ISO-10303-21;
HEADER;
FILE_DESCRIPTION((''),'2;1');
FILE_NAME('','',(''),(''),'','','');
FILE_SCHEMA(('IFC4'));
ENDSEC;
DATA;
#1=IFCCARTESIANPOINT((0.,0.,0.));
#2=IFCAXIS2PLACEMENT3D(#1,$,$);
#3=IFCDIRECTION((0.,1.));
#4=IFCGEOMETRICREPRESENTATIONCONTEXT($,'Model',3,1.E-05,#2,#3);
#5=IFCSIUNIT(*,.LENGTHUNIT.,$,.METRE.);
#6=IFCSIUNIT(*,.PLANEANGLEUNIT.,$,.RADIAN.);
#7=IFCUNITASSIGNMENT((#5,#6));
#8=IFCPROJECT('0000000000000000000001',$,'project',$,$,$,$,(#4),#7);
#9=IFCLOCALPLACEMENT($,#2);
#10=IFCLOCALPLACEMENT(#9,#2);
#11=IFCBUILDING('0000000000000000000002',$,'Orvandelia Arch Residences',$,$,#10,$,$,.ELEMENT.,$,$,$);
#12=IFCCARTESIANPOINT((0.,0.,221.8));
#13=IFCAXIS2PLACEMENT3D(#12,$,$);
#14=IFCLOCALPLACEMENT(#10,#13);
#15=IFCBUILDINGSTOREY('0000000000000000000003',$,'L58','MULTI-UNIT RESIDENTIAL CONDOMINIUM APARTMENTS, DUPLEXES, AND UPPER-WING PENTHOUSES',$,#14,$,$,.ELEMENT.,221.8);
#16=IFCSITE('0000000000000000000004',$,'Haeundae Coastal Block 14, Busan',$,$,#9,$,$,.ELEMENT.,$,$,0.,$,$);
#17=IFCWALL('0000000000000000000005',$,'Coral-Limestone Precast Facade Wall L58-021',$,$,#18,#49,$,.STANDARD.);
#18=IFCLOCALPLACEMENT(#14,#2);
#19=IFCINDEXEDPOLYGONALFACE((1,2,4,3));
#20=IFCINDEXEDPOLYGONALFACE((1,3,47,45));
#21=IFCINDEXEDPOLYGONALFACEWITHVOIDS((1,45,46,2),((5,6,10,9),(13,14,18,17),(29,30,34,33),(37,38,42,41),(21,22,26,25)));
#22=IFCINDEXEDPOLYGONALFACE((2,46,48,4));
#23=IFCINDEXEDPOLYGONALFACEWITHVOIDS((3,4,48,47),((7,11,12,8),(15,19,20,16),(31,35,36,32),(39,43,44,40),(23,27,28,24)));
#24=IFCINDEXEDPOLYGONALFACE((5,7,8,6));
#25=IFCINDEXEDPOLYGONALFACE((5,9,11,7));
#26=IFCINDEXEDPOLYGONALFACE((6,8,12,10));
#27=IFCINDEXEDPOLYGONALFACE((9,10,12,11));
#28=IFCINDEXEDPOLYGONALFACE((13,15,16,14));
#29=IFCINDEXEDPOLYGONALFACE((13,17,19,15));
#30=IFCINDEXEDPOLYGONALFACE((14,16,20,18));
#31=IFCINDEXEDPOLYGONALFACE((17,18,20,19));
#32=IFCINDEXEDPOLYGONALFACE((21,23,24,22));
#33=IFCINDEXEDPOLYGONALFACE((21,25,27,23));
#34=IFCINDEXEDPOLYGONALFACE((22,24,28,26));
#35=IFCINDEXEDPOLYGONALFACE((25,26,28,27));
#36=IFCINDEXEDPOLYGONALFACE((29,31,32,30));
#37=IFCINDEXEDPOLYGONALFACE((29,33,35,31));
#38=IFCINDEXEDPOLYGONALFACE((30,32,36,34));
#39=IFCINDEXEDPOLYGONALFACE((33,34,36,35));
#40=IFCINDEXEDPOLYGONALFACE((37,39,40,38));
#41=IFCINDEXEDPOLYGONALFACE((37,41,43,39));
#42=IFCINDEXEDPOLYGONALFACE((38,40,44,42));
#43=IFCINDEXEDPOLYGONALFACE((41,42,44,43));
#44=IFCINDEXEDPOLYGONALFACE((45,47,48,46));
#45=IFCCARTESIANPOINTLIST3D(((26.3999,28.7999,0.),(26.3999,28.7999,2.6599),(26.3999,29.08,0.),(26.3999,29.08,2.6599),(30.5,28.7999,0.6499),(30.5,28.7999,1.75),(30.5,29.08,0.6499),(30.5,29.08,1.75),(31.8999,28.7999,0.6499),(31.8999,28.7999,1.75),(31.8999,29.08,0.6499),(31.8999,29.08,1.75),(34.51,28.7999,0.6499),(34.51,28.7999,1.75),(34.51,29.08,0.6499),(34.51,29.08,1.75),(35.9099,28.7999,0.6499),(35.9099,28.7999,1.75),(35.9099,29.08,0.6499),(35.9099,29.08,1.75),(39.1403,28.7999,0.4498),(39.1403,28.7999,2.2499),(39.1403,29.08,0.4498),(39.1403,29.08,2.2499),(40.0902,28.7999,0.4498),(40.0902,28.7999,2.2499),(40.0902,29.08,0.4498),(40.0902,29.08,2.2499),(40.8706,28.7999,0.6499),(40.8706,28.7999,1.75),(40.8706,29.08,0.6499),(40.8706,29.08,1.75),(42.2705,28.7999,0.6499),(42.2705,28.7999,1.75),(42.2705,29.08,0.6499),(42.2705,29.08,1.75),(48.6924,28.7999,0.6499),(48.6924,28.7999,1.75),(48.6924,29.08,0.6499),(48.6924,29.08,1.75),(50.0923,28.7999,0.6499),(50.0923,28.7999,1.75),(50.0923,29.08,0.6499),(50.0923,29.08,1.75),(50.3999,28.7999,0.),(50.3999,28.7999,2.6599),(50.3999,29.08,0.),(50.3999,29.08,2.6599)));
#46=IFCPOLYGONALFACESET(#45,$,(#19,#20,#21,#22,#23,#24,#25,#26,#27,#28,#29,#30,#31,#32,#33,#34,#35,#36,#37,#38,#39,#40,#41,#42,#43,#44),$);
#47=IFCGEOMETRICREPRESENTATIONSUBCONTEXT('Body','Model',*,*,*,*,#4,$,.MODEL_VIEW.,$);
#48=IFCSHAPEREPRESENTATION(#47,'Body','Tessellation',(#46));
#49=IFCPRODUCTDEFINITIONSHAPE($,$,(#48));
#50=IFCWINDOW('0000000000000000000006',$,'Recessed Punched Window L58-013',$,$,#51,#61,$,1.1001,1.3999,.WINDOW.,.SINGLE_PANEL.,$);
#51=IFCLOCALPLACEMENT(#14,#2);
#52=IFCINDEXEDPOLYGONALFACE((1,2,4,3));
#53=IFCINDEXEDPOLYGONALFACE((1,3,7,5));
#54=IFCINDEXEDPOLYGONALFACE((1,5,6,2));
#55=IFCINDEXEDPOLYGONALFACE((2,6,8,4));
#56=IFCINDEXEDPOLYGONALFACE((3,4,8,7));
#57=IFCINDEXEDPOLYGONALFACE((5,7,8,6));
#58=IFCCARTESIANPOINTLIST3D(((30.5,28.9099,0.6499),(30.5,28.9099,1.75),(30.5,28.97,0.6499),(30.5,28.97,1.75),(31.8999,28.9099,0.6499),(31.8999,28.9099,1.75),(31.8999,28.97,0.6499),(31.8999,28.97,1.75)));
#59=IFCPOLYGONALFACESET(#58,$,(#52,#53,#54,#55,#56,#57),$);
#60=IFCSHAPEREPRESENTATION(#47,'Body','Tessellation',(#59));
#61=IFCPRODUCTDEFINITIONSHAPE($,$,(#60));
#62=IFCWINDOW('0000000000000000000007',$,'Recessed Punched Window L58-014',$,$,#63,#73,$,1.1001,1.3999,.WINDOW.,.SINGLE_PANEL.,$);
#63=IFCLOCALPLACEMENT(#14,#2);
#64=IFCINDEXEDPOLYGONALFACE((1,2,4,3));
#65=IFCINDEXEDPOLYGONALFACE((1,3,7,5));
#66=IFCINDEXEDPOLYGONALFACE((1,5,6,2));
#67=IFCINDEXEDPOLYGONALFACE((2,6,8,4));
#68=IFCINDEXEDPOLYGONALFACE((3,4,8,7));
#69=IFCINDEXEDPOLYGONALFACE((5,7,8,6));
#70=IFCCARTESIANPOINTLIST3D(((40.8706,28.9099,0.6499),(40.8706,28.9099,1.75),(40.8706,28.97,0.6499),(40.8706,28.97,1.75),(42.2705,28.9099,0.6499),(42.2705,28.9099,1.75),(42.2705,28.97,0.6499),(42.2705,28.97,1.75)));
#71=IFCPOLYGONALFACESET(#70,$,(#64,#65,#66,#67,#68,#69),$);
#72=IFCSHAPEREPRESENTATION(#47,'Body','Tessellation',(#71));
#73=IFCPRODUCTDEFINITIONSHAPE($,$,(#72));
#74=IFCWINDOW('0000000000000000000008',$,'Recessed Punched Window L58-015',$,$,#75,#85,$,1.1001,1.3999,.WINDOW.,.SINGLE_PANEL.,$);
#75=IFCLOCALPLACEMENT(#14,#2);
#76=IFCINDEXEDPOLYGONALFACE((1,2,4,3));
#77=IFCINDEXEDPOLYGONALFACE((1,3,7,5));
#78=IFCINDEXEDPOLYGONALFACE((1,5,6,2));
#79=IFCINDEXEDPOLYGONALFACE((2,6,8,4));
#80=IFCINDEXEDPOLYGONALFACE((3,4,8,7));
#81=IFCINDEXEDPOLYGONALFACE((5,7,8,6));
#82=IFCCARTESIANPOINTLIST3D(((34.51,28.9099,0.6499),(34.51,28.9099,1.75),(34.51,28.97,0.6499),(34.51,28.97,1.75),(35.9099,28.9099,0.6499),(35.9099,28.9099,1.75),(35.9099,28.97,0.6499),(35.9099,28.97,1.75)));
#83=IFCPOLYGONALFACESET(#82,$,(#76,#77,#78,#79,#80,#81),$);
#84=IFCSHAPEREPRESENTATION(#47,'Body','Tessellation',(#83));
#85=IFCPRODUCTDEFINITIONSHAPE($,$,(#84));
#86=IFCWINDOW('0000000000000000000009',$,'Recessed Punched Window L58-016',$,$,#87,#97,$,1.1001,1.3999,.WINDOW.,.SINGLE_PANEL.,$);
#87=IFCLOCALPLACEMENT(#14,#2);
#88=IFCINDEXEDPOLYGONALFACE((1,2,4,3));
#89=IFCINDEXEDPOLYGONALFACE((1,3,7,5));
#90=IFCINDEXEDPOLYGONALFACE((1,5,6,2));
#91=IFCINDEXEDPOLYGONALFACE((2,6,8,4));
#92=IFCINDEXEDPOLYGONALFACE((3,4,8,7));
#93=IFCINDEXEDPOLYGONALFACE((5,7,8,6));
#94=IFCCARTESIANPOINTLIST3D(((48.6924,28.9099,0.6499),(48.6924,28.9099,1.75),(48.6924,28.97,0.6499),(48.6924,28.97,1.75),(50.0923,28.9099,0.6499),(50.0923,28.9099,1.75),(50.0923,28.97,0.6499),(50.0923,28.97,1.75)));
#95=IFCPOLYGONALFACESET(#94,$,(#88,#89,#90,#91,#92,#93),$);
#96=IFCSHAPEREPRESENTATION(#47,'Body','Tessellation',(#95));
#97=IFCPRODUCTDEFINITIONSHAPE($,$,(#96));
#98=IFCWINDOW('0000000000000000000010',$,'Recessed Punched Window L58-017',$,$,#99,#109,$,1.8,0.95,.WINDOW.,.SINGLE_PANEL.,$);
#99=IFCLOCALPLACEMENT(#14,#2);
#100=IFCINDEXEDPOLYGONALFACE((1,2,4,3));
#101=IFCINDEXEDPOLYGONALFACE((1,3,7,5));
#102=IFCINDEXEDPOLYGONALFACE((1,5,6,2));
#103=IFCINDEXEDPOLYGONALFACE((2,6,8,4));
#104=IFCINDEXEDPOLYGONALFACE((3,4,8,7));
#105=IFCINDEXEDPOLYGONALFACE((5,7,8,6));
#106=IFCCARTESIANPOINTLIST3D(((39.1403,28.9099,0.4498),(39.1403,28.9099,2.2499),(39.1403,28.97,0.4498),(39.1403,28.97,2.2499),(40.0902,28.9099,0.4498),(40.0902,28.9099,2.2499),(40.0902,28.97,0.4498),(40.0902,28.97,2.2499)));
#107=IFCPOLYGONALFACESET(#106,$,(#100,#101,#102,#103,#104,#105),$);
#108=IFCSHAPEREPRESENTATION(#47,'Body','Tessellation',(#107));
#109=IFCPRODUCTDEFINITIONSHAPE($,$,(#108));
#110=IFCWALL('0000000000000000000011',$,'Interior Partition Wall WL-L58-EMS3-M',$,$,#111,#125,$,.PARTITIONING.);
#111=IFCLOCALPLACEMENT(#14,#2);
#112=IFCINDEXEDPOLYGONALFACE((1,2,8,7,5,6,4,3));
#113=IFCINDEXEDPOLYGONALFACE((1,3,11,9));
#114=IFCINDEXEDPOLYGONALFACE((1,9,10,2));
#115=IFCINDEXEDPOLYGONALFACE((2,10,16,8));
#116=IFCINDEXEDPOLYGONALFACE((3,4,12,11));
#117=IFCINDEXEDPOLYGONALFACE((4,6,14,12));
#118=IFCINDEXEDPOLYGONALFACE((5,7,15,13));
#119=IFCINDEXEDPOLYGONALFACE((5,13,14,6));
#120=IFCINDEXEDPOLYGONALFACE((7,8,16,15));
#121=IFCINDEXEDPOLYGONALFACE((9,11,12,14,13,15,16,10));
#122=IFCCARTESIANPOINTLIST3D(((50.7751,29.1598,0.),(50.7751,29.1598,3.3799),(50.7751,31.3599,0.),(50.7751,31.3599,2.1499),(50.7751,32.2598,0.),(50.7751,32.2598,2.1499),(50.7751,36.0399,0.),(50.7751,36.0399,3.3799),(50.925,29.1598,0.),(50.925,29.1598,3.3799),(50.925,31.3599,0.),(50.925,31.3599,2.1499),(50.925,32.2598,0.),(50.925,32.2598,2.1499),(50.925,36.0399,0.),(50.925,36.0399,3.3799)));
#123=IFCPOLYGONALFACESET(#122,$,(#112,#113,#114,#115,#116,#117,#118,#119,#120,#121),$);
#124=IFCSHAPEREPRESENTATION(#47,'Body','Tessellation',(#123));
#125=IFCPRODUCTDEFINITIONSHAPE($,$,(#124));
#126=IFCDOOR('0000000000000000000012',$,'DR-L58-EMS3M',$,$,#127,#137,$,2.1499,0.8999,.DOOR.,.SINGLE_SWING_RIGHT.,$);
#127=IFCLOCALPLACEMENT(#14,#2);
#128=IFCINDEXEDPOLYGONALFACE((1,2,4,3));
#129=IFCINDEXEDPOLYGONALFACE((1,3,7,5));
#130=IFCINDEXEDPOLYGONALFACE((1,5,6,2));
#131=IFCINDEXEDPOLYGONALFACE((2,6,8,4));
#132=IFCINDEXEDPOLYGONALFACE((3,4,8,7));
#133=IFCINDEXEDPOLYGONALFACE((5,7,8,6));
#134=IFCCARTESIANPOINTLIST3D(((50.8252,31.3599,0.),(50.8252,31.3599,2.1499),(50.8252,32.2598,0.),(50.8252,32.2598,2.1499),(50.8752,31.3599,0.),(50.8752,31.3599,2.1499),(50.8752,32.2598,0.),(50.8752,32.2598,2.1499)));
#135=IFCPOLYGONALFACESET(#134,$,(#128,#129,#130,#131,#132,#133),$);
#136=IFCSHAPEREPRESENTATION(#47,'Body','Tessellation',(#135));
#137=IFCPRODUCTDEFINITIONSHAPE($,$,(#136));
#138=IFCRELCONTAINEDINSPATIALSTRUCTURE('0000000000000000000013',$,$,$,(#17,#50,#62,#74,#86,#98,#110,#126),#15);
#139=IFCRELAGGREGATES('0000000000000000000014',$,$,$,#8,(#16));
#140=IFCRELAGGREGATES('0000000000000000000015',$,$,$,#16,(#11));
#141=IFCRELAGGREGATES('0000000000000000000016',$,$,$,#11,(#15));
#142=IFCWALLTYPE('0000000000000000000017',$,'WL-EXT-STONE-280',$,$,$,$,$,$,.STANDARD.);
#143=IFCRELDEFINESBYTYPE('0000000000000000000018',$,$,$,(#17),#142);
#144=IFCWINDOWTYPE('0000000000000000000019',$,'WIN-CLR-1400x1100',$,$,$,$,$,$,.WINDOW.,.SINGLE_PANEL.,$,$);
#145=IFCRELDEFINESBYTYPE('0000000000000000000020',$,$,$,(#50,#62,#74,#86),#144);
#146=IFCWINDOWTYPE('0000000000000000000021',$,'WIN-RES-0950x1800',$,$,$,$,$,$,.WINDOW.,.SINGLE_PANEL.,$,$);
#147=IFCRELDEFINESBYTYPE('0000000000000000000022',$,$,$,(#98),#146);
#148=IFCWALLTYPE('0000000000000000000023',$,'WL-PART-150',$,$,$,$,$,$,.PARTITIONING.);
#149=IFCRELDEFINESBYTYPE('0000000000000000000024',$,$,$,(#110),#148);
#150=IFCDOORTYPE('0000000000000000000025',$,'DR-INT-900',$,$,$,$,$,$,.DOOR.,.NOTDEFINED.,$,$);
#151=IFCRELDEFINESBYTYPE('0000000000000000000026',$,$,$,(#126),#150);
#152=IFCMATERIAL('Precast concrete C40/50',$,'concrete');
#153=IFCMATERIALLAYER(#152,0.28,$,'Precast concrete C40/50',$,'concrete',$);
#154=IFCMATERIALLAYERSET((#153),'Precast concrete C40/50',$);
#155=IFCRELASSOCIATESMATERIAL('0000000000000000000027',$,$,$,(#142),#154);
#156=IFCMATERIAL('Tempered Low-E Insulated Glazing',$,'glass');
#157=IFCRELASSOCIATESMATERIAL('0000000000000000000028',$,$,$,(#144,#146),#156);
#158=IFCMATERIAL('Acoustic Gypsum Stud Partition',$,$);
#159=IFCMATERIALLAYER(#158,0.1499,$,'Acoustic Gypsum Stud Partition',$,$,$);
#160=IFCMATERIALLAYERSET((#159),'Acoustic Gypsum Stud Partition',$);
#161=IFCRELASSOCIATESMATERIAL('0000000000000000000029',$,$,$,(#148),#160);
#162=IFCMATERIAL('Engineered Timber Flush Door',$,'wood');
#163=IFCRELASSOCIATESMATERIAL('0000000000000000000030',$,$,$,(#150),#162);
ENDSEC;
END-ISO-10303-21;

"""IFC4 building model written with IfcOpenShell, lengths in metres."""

from ifc_helpers import new_model, si_unit, direction, frame, frame_2d, origin, place, context, subcontext, project, spatial, rectangle, extrude, material, layer, layer_set, type_object, element, fill, save


model = new_model("IFC4")

# Units and contexts
model_context = context("Model", 3, precision=1e-05, world=origin(), true_north=direction((0.0, 1.0)))
body_context = subcontext(model_context, "Body", "Model", "MODEL_VIEW")
ifc_project = project(units=[si_unit("LENGTHUNIT", "METRE"), si_unit("PLANEANGLEUNIT", "RADIAN")], contexts=[model_context])

# Site, building, storey
site_placement = place(None, origin())
site = spatial("IfcSite", under=ifc_project, at=site_placement, Name="Haeundae Coastal Block 14, Busan", CompositionType="ELEMENT", RefElevation=0.0)
building_placement = place(site_placement, origin())
building = spatial("IfcBuilding", under=site, at=building_placement, Name="Orvandelia Arch Residences", CompositionType="ELEMENT")
storey_placement = place(building_placement, frame((0.0, 0.0, 221.8)))
storey = spatial("IfcBuildingStorey", under=building, at=storey_placement, Name="L58", Description="MULTI-UNIT RESIDENTIAL CONDOMINIUM APARTMENTS, DUPLEXES, AND UPPER-WING PENTHOUSES", CompositionType="ELEMENT", Elevation=221.8)

# Shared definitions
ifc_material_1 = material(Name="Precast concrete C40/50", Category="concrete")
ifc_layer_1 = layer(ifc_material_1, 0.28, Name="Precast concrete C40/50", Category="concrete")
ifc_layer_set_1 = layer_set([ifc_layer_1], Name="Precast concrete C40/50")
wall_type_1 = type_object("IfcWallType", Name="WL-EXT-STONE-280", PredefinedType="STANDARD", material=ifc_layer_set_1)

# Wall, openings, windows
wall_1_placement = place(storey_placement, frame((50.3999, 28.9399, 0.0), z_axis=(0.0, 0.0, 1.0), x_axis=(-1.0, 0.0, 0.0)))
wall_1 = element("IfcWall", 1, at=wall_1_placement, inside=storey, type_object=wall_type_1, Name="Coral-Limestone Precast Facade Wall L58-021", PredefinedType="STANDARD", context=body_context, shape_type="SweptSolid", body=[
    extrude(rectangle(XDim=24.0, YDim=0.28, at=frame_2d((12.0, 0.0))), origin(), (0.0, 0.0, 1.0), 2.6599),
])
opening_1_placement = place(wall_1_placement, frame((18.5, 0.0, 0.6499)))
opening_1 = element("IfcOpeningElement", 2, at=opening_1_placement, cuts=wall_1, PredefinedType="OPENING", context=body_context, shape_type="SweptSolid", body=[
    extrude(rectangle(XDim=1.3999, YDim=1.1001, at=frame_2d((0.7, 0.55))), frame((0.0, 0.1499, 0.0), z_axis=(0.0, -1.0, 0.0), x_axis=(1.0, 0.0, 0.0)), (0.0, 0.0, 1.0), 0.3),
])
opening_2_placement = place(wall_1_placement, frame((8.1294, 0.0, 0.6499)))
opening_2 = element("IfcOpeningElement", 3, at=opening_2_placement, cuts=wall_1, PredefinedType="OPENING", context=body_context, shape_type="SweptSolid", body=[
    extrude(rectangle(XDim=1.3999, YDim=1.1001, at=frame_2d((0.7, 0.55))), frame((0.0, 0.1499, 0.0), z_axis=(0.0, -1.0, 0.0), x_axis=(1.0, 0.0, 0.0)), (0.0, 0.0, 1.0), 0.3),
])
opening_3_placement = place(wall_1_placement, frame((14.49, 0.0, 0.6499)))
opening_3 = element("IfcOpeningElement", 4, at=opening_3_placement, cuts=wall_1, PredefinedType="OPENING", context=body_context, shape_type="SweptSolid", body=[
    extrude(rectangle(XDim=1.3999, YDim=1.1001, at=frame_2d((0.7, 0.55))), frame((0.0, 0.1499, 0.0), z_axis=(0.0, -1.0, 0.0), x_axis=(1.0, 0.0, 0.0)), (0.0, 0.0, 1.0), 0.3),
])
opening_4_placement = place(wall_1_placement, frame((0.3076, 0.0, 0.6499)))
opening_4 = element("IfcOpeningElement", 5, at=opening_4_placement, cuts=wall_1, PredefinedType="OPENING", context=body_context, shape_type="SweptSolid", body=[
    extrude(rectangle(XDim=1.3999, YDim=1.1001, at=frame_2d((0.7, 0.55))), frame((0.0, 0.1499, 0.0), z_axis=(0.0, -1.0, 0.0), x_axis=(1.0, 0.0, 0.0)), (0.0, 0.0, 1.0), 0.3),
])
opening_5_placement = place(wall_1_placement, frame((10.3096, 0.0, 0.45)))
opening_5 = element("IfcOpeningElement", 6, at=opening_5_placement, cuts=wall_1, PredefinedType="OPENING", context=body_context, shape_type="SweptSolid", body=[
    extrude(rectangle(XDim=0.95, YDim=1.8, at=frame_2d((0.4751, 0.8999))), frame((0.0, 0.1499, 0.0), z_axis=(0.0, -1.0, 0.0), x_axis=(1.0, 0.0, 0.0)), (0.0, 0.0, 1.0), 0.3),
])
ifc_material_2 = material(Name="Tempered Low-E Insulated Glazing", Category="glass")
window_type_1 = type_object("IfcWindowType", Name="WIN-CLR-1400x1100", PartitioningType="SINGLE_PANEL", PredefinedType="WINDOW", material=ifc_material_2)
window_1_placement = place(opening_1_placement, origin())
window_1 = element("IfcWindow", 7, at=window_1_placement, inside=storey, type_object=window_type_1, Name="Recessed Punched Window L58-013", OverallHeight=1.1001, OverallWidth=1.3999, PartitioningType="SINGLE_PANEL", PredefinedType="WINDOW", context=body_context, shape_type="SweptSolid", body=[
    extrude(rectangle(XDim=1.3999, YDim=1.1001, at=frame_2d((0.7, 0.55))), frame((0.0, 0.03, 0.0), z_axis=(0.0, -1.0, 0.0), x_axis=(1.0, 0.0, 0.0)), (0.0, 0.0, 1.0), 0.0601),
])
fill(opening_1, window_1)
window_2_placement = place(opening_2_placement, origin())
window_2 = element("IfcWindow", 8, at=window_2_placement, inside=storey, type_object=window_type_1, Name="Recessed Punched Window L58-014", OverallHeight=1.1001, OverallWidth=1.3999, PartitioningType="SINGLE_PANEL", PredefinedType="WINDOW", context=body_context, shape_type="SweptSolid", body=[
    extrude(rectangle(XDim=1.3999, YDim=1.1001, at=frame_2d((0.7, 0.55))), frame((0.0, 0.03, 0.0), z_axis=(0.0, -1.0, 0.0), x_axis=(1.0, 0.0, 0.0)), (0.0, 0.0, 1.0), 0.0601),
])
fill(opening_2, window_2)
window_3_placement = place(opening_3_placement, origin())
window_3 = element("IfcWindow", 9, at=window_3_placement, inside=storey, type_object=window_type_1, Name="Recessed Punched Window L58-015", OverallHeight=1.1001, OverallWidth=1.3999, PartitioningType="SINGLE_PANEL", PredefinedType="WINDOW", context=body_context, shape_type="SweptSolid", body=[
    extrude(rectangle(XDim=1.3999, YDim=1.1001, at=frame_2d((0.7, 0.55))), frame((0.0, 0.03, 0.0), z_axis=(0.0, -1.0, 0.0), x_axis=(1.0, 0.0, 0.0)), (0.0, 0.0, 1.0), 0.0601),
])
fill(opening_3, window_3)
window_4_placement = place(opening_4_placement, origin())
window_4 = element("IfcWindow", 10, at=window_4_placement, inside=storey, type_object=window_type_1, Name="Recessed Punched Window L58-016", OverallHeight=1.1001, OverallWidth=1.3999, PartitioningType="SINGLE_PANEL", PredefinedType="WINDOW", context=body_context, shape_type="SweptSolid", body=[
    extrude(rectangle(XDim=1.3999, YDim=1.1001, at=frame_2d((0.7, 0.55))), frame((0.0, 0.03, 0.0), z_axis=(0.0, -1.0, 0.0), x_axis=(1.0, 0.0, 0.0)), (0.0, 0.0, 1.0), 0.0601),
])
fill(opening_4, window_4)
window_type_2 = type_object("IfcWindowType", Name="WIN-RES-0950x1800", PartitioningType="SINGLE_PANEL", PredefinedType="WINDOW", material=ifc_material_2)
window_5_placement = place(opening_5_placement, origin())
window_5 = element("IfcWindow", 11, at=window_5_placement, inside=storey, type_object=window_type_2, Name="Recessed Punched Window L58-017", OverallHeight=1.8, OverallWidth=0.95, PartitioningType="SINGLE_PANEL", PredefinedType="WINDOW", context=body_context, shape_type="SweptSolid", body=[
    extrude(rectangle(XDim=0.95, YDim=1.8, at=frame_2d((0.4751, 0.8999))), frame((0.0, 0.03, 0.0), z_axis=(0.0, -1.0, 0.0), x_axis=(1.0, 0.0, 0.0)), (0.0, 0.0, 1.0), 0.0601),
])
fill(opening_5, window_5)

# Wall, opening, door
ifc_material_3 = material(Name="Acoustic Gypsum Stud Partition")
ifc_layer_2 = layer(ifc_material_3, 0.1499, Name="Acoustic Gypsum Stud Partition")
ifc_layer_set_2 = layer_set([ifc_layer_2], Name="Acoustic Gypsum Stud Partition")
wall_type_2 = type_object("IfcWallType", Name="WL-PART-150", PredefinedType="PARTITIONING", material=ifc_layer_set_2)
wall_2_placement = place(storey_placement, frame((50.8501, 29.1599, 0.0), z_axis=(0.0, 0.0, 1.0), x_axis=(0.0, 1.0, 0.0)))
wall_2 = element("IfcWall", 12, at=wall_2_placement, inside=storey, type_object=wall_type_2, Name="Interior Partition Wall WL-L58-EMS3-M", PredefinedType="PARTITIONING", context=body_context, shape_type="SweptSolid", body=[
    extrude(rectangle(XDim=6.8801, YDim=0.1499, at=frame_2d((3.4399, 0.0))), origin(), (0.0, 0.0, 1.0), 3.3799),
])
opening_6_placement = place(wall_2_placement, frame((2.2, 0.0, 0.0)))
opening_6 = element("IfcOpeningElement", 13, at=opening_6_placement, cuts=wall_2, PredefinedType="OPENING", context=body_context, shape_type="SweptSolid", body=[
    extrude(rectangle(XDim=0.8999, YDim=2.1499, at=frame_2d((0.45, 1.075))), frame((0.0, 0.085, 0.0), z_axis=(0.0, -1.0, 0.0), x_axis=(1.0, 0.0, 0.0)), (0.0, 0.0, 1.0), 0.1699),
])
ifc_material_4 = material(Name="Engineered Timber Flush Door", Category="wood")
door_type = type_object("IfcDoorType", Name="DR-INT-900", OperationType="NOTDEFINED", PredefinedType="DOOR", material=ifc_material_4)
door_placement = place(opening_6_placement, origin())
door = element("IfcDoor", 14, at=door_placement, inside=storey, type_object=door_type, Name="DR-L58-EMS3M", OperationType="SINGLE_SWING_RIGHT", OverallHeight=2.1499, OverallWidth=0.8999, PredefinedType="DOOR", context=body_context, shape_type="SweptSolid", body=[
    extrude(rectangle(XDim=0.8999, YDim=2.1499, at=frame_2d((0.45, 1.075))), frame((0.0, 0.0249, 0.0), z_axis=(0.0, -1.0, 0.0), x_axis=(1.0, 0.0, 0.0)), (0.0, 0.0, 1.0), 0.05),
])
fill(opening_6, door)

save(model, "model.ifc")
